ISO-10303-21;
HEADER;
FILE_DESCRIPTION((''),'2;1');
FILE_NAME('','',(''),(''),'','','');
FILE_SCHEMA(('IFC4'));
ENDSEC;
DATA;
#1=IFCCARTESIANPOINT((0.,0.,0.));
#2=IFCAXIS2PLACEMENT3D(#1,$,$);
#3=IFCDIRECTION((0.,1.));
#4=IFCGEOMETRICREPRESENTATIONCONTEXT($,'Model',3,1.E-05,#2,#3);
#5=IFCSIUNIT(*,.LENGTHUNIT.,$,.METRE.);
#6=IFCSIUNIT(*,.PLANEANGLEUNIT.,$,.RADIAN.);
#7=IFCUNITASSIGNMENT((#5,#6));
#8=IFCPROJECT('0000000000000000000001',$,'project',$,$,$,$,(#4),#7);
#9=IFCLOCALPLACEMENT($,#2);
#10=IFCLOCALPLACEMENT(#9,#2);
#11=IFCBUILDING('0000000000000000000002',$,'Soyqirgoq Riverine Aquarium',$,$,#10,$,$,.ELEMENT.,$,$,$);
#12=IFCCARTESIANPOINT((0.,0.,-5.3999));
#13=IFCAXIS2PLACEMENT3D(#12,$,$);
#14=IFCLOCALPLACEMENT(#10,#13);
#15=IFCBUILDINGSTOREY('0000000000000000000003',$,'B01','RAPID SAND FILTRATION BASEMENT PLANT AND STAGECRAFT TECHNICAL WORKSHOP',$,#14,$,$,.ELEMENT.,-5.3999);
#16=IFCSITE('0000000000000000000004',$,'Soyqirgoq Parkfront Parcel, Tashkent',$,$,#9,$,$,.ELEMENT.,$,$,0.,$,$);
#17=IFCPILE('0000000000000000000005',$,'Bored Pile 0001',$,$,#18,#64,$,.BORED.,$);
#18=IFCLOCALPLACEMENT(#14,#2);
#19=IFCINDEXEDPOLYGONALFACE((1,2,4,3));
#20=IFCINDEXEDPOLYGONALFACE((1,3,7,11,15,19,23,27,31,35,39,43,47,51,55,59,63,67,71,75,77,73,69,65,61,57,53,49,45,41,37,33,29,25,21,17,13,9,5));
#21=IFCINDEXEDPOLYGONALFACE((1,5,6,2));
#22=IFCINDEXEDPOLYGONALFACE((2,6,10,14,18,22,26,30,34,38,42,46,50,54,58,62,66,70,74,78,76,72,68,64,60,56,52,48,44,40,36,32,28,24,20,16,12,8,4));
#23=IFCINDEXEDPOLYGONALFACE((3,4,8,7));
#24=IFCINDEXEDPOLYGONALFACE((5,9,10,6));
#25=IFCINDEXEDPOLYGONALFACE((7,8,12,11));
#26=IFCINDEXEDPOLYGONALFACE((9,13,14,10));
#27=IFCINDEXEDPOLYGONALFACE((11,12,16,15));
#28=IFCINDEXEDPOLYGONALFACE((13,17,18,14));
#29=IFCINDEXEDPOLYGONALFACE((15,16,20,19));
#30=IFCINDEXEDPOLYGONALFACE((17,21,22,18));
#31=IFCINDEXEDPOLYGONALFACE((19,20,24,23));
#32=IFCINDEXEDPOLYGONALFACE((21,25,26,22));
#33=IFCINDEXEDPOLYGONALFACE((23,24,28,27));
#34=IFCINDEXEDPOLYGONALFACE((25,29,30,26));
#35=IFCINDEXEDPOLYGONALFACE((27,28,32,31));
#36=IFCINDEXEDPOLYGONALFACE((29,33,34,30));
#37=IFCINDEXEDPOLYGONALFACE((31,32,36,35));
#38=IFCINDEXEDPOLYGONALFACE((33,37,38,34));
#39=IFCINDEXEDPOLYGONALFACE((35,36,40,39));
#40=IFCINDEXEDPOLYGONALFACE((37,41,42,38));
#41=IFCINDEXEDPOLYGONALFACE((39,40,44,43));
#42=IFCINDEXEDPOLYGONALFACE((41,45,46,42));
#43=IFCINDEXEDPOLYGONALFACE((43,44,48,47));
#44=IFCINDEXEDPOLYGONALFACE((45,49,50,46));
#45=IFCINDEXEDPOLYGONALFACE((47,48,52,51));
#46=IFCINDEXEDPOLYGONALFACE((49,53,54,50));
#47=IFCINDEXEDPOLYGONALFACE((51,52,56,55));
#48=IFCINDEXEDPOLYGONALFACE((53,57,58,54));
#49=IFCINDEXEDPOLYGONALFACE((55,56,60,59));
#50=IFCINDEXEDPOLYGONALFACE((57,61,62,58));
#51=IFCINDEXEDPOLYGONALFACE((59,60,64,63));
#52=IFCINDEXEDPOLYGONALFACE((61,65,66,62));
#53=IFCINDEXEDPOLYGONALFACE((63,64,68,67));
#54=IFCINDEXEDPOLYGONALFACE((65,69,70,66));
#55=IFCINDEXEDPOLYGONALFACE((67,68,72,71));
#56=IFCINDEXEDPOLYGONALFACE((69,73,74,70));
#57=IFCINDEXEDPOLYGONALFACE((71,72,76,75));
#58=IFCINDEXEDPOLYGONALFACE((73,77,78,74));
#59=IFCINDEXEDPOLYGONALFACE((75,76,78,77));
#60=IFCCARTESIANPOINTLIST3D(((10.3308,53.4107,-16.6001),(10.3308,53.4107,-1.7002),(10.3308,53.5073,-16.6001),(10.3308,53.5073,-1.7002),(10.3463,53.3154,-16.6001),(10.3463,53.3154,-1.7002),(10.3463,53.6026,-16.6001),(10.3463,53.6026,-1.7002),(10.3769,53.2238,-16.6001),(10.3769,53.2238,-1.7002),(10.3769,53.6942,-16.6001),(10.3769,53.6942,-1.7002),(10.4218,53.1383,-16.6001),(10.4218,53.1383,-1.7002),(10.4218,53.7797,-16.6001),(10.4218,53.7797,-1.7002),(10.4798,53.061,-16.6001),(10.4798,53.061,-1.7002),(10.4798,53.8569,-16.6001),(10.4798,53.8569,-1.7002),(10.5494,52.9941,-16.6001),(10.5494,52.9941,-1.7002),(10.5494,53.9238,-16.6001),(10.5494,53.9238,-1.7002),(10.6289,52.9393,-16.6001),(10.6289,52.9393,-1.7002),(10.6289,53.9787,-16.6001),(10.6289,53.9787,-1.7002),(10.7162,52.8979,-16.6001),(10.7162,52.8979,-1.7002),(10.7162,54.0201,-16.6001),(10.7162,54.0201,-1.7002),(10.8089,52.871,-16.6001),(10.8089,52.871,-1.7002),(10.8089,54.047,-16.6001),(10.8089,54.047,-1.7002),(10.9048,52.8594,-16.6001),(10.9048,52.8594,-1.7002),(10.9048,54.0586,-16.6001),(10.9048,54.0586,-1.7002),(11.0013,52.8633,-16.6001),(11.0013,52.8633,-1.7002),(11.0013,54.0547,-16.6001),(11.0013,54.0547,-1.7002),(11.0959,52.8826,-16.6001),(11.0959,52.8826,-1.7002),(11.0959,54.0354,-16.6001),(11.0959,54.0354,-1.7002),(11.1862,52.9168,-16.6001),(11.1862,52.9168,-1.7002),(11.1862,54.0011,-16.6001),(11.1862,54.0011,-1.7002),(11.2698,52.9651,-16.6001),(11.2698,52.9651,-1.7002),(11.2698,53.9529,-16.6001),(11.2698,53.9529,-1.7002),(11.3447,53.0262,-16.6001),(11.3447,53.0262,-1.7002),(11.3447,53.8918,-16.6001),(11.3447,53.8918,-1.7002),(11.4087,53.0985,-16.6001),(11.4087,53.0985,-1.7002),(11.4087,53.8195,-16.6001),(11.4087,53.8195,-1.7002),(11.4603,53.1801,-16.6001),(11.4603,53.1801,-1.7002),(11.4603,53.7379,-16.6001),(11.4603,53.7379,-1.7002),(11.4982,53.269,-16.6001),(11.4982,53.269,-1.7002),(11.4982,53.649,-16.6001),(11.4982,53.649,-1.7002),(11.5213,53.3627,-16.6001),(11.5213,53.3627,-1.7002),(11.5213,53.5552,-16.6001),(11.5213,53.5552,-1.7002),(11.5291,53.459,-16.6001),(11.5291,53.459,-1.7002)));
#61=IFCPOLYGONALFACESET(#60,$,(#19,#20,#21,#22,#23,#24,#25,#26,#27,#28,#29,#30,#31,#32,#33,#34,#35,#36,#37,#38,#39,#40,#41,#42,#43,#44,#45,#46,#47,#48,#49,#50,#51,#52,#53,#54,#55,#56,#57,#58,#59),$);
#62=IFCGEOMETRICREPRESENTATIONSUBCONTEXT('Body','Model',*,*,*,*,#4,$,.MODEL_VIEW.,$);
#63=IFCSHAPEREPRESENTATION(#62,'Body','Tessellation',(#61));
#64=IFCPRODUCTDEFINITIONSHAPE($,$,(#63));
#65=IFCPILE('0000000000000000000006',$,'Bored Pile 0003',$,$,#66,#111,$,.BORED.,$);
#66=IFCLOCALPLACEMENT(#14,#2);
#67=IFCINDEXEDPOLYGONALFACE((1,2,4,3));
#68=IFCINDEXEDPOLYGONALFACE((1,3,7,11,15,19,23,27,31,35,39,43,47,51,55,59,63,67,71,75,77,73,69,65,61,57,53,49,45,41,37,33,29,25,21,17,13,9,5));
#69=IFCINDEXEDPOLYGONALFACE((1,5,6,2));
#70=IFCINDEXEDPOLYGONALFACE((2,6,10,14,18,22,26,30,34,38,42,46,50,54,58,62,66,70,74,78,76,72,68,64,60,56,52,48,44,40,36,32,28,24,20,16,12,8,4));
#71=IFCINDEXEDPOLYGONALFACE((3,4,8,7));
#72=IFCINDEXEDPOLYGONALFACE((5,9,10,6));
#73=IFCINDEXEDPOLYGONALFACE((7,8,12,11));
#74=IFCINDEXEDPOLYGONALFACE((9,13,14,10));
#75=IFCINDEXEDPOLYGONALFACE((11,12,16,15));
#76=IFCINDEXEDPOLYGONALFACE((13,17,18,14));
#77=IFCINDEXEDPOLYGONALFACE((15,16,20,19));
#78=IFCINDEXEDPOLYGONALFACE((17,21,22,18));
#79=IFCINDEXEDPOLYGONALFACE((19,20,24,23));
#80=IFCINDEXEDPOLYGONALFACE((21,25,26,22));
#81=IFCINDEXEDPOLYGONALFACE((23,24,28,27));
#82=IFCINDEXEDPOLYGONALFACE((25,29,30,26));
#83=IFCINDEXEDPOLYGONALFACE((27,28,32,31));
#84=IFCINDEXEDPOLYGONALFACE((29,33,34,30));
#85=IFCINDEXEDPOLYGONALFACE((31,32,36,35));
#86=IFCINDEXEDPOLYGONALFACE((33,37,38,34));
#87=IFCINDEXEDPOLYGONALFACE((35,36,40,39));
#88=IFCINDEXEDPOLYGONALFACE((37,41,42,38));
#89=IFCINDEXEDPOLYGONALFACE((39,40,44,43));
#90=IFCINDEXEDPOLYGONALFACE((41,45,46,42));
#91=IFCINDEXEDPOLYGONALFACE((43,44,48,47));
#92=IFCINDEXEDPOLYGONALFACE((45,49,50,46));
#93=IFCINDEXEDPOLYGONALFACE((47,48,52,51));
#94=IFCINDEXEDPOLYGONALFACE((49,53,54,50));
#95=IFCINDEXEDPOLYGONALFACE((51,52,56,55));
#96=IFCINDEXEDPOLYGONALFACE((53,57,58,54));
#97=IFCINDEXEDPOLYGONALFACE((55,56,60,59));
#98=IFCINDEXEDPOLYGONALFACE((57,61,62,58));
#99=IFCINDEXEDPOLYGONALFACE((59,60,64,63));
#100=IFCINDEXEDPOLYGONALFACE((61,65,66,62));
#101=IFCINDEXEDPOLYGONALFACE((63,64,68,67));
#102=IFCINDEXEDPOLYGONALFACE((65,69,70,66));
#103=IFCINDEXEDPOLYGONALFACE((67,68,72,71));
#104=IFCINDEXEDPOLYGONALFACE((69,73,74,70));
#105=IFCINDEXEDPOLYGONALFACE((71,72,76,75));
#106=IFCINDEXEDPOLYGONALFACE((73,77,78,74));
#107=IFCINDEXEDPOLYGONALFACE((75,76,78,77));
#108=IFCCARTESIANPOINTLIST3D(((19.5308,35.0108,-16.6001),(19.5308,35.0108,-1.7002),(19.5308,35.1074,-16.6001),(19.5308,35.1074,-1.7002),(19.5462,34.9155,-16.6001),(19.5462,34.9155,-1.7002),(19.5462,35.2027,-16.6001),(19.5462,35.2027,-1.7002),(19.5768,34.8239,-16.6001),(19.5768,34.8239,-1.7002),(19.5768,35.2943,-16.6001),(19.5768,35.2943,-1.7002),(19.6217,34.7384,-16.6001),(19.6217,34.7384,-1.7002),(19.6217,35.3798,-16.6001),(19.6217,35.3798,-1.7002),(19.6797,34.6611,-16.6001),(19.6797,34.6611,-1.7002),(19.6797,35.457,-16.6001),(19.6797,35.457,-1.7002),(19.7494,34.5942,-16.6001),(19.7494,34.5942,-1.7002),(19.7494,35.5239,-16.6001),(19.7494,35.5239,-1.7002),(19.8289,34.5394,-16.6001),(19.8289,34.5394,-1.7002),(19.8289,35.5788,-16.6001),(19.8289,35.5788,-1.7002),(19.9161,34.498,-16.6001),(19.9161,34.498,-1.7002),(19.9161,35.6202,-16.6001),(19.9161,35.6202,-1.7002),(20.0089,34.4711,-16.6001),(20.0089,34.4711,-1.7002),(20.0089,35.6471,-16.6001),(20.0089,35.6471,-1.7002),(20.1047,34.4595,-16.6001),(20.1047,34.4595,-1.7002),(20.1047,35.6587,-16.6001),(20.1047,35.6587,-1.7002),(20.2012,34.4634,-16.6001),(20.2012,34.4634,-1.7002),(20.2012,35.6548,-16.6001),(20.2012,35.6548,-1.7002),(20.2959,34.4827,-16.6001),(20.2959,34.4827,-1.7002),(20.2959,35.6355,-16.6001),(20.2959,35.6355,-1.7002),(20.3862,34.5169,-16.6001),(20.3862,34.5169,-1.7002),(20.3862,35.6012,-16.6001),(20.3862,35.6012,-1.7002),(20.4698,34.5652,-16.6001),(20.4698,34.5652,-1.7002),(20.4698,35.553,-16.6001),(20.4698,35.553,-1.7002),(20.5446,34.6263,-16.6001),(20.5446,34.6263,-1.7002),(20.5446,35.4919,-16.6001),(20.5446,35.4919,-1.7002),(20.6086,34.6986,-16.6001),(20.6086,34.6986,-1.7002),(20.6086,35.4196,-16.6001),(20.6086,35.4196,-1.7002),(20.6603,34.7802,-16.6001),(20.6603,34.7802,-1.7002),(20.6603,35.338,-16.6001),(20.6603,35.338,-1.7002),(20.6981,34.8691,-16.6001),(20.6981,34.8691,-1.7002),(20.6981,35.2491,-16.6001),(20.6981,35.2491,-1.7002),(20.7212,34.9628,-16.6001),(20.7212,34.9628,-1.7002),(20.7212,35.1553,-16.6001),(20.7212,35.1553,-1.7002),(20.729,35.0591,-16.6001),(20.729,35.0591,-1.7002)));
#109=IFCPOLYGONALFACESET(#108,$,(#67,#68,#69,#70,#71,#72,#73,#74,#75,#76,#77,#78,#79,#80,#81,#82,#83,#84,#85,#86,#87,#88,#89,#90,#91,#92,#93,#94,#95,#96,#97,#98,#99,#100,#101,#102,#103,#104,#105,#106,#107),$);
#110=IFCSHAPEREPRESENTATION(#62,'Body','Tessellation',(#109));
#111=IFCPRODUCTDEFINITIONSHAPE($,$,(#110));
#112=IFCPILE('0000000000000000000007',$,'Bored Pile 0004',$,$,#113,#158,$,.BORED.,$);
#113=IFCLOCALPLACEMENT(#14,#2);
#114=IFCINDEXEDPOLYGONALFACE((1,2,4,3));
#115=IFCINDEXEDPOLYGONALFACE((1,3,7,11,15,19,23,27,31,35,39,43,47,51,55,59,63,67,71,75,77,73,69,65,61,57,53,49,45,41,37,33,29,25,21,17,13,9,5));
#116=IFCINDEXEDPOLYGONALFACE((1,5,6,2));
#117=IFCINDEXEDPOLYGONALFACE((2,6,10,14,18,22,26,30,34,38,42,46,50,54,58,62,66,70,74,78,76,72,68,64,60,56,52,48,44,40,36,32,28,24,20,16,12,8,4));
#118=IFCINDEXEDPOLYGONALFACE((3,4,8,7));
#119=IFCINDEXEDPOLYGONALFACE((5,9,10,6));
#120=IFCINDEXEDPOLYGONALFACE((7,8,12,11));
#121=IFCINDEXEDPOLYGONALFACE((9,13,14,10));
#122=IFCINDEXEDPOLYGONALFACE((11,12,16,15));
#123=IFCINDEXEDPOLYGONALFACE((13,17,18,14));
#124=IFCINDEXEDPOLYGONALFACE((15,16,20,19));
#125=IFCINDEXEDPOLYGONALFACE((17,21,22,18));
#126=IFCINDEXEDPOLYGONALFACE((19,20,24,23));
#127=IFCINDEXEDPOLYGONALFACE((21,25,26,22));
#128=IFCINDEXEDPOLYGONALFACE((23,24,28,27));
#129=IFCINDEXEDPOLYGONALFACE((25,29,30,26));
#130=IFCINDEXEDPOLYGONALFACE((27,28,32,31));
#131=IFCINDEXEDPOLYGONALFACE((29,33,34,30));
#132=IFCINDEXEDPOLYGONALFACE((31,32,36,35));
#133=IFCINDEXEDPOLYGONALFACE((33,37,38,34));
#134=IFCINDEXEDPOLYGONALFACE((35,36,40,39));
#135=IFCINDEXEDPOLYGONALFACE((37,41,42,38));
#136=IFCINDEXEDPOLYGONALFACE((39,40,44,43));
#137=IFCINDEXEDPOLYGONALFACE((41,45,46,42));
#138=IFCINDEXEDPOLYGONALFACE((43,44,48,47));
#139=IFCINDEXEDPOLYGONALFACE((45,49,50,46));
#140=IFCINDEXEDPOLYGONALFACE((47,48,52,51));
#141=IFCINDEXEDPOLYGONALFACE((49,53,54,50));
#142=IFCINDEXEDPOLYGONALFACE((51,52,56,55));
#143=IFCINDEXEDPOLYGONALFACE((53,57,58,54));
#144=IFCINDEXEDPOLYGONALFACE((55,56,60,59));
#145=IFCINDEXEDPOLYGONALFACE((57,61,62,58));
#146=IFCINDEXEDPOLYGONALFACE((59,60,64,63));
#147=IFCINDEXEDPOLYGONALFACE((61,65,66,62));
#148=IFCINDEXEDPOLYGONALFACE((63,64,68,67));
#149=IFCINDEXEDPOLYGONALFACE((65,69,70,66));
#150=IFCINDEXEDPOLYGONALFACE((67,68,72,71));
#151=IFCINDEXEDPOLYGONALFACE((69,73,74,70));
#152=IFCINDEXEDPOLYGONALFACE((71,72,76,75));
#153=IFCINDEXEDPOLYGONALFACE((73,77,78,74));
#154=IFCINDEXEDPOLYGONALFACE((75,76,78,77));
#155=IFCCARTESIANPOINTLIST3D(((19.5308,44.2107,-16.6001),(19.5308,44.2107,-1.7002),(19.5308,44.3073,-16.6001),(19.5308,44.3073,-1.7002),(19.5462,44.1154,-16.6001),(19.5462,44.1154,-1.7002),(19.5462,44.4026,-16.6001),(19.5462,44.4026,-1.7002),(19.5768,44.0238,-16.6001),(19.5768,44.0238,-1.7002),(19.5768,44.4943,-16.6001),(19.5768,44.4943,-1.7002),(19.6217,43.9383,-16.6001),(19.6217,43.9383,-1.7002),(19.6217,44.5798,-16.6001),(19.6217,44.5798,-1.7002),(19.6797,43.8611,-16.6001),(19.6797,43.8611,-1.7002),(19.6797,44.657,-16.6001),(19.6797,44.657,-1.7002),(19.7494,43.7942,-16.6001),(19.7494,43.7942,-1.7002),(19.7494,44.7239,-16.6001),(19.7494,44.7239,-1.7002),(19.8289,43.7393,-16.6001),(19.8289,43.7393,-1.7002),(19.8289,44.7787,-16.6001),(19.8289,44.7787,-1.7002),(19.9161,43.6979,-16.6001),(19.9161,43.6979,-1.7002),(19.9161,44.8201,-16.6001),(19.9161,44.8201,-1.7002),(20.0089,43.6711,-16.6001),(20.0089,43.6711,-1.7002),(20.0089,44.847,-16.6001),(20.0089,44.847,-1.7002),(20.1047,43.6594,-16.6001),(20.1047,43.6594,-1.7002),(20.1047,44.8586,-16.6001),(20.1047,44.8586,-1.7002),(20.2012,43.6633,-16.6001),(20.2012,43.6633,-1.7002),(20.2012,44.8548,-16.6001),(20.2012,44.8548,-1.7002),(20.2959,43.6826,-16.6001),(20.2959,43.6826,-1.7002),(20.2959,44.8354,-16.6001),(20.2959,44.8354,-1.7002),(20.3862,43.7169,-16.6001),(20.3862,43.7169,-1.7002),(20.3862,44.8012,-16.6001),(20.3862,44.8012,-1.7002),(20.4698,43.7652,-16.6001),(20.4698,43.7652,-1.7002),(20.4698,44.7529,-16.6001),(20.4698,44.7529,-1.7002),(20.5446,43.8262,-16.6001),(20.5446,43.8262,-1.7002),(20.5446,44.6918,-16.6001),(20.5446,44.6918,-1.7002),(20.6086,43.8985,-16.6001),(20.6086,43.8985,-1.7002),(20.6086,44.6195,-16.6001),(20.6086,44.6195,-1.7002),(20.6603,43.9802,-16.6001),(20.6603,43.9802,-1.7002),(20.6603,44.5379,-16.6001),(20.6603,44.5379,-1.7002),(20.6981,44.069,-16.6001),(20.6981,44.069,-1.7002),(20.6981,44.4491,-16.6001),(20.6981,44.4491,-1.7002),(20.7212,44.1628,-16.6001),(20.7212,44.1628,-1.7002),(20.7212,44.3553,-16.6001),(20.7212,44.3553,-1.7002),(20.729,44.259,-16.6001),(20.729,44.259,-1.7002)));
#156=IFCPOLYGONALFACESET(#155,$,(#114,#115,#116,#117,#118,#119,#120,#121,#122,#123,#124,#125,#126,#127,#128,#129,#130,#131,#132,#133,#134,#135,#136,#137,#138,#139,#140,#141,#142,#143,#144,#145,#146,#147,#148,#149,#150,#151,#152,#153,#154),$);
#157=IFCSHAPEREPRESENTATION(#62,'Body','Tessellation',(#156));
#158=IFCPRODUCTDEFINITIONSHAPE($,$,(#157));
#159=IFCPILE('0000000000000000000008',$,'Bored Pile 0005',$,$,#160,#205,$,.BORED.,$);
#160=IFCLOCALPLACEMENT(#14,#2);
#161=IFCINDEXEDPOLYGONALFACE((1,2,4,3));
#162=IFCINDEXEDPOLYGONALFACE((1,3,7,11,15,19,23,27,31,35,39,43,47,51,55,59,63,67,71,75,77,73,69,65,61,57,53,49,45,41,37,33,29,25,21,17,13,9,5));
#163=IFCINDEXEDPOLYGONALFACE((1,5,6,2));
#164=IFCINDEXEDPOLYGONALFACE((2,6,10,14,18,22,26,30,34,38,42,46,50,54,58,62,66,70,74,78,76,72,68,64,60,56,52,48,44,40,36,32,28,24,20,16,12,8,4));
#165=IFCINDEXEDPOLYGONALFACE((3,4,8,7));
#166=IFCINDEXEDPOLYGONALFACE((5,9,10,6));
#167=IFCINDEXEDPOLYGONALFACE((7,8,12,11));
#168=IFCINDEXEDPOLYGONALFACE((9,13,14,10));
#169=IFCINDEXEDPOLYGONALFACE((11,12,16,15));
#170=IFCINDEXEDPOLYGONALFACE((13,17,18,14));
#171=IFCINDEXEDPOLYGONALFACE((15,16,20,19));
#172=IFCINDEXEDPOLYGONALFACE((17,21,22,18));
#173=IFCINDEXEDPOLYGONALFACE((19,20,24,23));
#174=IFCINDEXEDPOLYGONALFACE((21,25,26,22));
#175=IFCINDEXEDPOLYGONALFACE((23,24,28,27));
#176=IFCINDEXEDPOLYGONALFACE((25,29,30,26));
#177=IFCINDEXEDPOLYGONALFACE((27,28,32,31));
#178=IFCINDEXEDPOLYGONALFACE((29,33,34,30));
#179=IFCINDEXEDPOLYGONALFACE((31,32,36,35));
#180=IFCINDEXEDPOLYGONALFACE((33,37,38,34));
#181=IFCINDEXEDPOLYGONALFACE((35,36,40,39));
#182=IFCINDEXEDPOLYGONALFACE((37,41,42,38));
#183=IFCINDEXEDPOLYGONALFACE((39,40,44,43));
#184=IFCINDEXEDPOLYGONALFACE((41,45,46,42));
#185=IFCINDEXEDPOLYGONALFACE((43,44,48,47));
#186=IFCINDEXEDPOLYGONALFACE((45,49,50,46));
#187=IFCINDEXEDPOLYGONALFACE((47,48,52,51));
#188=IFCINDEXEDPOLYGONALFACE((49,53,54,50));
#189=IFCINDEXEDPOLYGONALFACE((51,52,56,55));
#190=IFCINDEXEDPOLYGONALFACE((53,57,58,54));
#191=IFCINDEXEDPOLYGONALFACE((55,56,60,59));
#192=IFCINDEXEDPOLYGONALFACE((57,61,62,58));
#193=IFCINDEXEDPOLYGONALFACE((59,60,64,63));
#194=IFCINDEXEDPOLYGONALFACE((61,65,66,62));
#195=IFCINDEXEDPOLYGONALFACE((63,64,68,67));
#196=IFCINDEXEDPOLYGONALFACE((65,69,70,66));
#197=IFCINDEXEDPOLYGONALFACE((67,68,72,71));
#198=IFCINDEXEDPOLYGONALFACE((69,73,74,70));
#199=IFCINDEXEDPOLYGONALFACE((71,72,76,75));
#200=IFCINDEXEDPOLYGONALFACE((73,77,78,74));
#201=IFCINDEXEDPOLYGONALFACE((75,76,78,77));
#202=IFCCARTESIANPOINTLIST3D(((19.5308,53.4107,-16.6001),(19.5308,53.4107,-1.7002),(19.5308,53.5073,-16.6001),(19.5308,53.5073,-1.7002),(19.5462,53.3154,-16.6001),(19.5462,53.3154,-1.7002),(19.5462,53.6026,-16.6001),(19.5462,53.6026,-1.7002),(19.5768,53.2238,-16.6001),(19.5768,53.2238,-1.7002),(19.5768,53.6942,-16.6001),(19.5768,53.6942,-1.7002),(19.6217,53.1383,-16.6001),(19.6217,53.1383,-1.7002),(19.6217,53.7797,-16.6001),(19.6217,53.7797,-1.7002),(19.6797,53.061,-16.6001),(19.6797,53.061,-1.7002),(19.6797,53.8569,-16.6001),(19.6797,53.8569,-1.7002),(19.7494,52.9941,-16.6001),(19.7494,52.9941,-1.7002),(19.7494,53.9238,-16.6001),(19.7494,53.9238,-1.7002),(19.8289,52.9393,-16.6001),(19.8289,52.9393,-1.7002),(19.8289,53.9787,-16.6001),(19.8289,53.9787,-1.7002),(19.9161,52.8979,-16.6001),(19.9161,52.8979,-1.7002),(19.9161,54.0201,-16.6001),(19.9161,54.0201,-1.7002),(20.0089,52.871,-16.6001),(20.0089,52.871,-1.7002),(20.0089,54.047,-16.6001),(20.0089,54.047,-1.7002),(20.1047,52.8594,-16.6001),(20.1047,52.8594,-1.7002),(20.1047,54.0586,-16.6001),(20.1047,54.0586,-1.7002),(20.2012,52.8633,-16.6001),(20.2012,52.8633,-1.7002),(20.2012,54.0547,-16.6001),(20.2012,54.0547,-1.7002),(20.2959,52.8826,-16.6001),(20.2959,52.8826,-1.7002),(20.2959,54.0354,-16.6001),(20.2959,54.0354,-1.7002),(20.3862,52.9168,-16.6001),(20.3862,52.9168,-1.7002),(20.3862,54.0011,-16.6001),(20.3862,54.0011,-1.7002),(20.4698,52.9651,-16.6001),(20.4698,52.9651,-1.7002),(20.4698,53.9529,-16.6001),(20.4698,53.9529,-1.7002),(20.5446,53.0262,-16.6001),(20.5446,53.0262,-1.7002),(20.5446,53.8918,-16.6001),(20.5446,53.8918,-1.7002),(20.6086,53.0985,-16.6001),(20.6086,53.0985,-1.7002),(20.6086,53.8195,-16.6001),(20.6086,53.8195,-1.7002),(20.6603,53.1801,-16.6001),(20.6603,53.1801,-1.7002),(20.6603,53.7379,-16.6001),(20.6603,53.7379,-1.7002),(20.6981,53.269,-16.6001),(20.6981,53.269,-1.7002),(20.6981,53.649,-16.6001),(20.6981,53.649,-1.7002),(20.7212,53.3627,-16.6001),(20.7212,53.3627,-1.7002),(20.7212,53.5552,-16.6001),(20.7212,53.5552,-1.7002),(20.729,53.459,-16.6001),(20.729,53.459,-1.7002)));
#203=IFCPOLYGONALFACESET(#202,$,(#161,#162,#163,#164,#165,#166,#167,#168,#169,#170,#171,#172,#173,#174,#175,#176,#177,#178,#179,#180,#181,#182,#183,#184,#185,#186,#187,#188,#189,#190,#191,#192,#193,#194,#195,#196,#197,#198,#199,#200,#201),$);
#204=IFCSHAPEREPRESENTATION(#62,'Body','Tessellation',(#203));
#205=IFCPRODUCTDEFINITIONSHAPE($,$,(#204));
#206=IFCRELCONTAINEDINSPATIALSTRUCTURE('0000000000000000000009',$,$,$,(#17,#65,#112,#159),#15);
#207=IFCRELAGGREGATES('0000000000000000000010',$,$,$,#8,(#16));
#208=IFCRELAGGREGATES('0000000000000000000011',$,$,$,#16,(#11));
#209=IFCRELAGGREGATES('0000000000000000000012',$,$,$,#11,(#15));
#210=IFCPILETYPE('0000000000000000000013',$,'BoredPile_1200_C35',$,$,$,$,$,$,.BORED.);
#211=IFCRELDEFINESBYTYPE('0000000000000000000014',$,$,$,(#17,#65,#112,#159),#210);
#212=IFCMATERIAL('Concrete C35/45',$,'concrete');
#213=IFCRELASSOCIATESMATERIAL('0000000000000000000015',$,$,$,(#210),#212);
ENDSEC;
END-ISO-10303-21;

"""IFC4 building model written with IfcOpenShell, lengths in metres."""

from ifc_helpers import new_model, si_unit, direction, frame, origin, origin_2d, place, context, subcontext, project, spatial, circle, extrude, material, material_profile, profile_set, type_object, element, save


model = new_model("IFC4")

# Units and contexts
model_context = context("Model", 3, precision=1e-05, world=origin(), true_north=direction((0.0, 1.0)))
body_context = subcontext(model_context, "Body", "Model", "MODEL_VIEW")
ifc_project = project(units=[si_unit("LENGTHUNIT", "METRE"), si_unit("PLANEANGLEUNIT", "RADIAN")], contexts=[model_context])

# Site, building, storey
site_placement = place(None, origin())
site = spatial("IfcSite", under=ifc_project, at=site_placement, Name="Soyqirgoq Parkfront Parcel, Tashkent", CompositionType="ELEMENT", RefElevation=0.0)
building_placement = place(site_placement, origin())
building = spatial("IfcBuilding", under=site, at=building_placement, Name="Soyqirgoq Riverine Aquarium", CompositionType="ELEMENT")
storey_placement = place(building_placement, frame((0.0, 0.0, -5.3999)))
storey = spatial("IfcBuildingStorey", under=building, at=storey_placement, Name="B01", Description="RAPID SAND FILTRATION BASEMENT PLANT AND STAGECRAFT TECHNICAL WORKSHOP", CompositionType="ELEMENT", Elevation=-5.3999)

# Piles
ifc_material_1 = material(Name="Concrete C35/45", Category="concrete")
ifc_material_profile_1 = material_profile(ifc_material_1, circle(Radius=0.6001, at=origin_2d()), Name="BP D1200")
ifc_profile_set_1 = profile_set([ifc_material_profile_1], Name="Concrete C35/45")
pile_type = type_object("IfcPileType", Name="BoredPile_1200_C35", PredefinedType="BORED", material=ifc_profile_set_1)
for number, where, z_axis, x_axis, name in (
    (1, (10.929, 53.459, -1.7002), (0.0, 0.0, -1.0), (1.0, 0.0, 0.0), "Bored Pile 0001"),
    (2, (20.1289, 35.0591, -1.7002), (0.0, 0.0, -1.0), (1.0, 0.0, 0.0), "Bored Pile 0003"),
    (3, (20.1289, 44.259, -1.7002), (0.0, 0.0, -1.0), (1.0, 0.0, 0.0), "Bored Pile 0004"),
    (4, (20.1289, 53.459, -1.7002), (0.0, 0.0, -1.0), (1.0, 0.0, 0.0), "Bored Pile 0005"),
):
    element("IfcPile", number, at=place(storey_placement, frame(where, z_axis=z_axis, x_axis=x_axis)), inside=storey, type_object=pile_type, Name=name, PredefinedType="BORED", context=body_context, shape_type="SweptSolid", body=[
        extrude(circle(Radius=0.6001, at=origin_2d()), origin(), (0.0, 0.0, 1.0), 14.8999),
    ])

save(model, "model.ifc")
